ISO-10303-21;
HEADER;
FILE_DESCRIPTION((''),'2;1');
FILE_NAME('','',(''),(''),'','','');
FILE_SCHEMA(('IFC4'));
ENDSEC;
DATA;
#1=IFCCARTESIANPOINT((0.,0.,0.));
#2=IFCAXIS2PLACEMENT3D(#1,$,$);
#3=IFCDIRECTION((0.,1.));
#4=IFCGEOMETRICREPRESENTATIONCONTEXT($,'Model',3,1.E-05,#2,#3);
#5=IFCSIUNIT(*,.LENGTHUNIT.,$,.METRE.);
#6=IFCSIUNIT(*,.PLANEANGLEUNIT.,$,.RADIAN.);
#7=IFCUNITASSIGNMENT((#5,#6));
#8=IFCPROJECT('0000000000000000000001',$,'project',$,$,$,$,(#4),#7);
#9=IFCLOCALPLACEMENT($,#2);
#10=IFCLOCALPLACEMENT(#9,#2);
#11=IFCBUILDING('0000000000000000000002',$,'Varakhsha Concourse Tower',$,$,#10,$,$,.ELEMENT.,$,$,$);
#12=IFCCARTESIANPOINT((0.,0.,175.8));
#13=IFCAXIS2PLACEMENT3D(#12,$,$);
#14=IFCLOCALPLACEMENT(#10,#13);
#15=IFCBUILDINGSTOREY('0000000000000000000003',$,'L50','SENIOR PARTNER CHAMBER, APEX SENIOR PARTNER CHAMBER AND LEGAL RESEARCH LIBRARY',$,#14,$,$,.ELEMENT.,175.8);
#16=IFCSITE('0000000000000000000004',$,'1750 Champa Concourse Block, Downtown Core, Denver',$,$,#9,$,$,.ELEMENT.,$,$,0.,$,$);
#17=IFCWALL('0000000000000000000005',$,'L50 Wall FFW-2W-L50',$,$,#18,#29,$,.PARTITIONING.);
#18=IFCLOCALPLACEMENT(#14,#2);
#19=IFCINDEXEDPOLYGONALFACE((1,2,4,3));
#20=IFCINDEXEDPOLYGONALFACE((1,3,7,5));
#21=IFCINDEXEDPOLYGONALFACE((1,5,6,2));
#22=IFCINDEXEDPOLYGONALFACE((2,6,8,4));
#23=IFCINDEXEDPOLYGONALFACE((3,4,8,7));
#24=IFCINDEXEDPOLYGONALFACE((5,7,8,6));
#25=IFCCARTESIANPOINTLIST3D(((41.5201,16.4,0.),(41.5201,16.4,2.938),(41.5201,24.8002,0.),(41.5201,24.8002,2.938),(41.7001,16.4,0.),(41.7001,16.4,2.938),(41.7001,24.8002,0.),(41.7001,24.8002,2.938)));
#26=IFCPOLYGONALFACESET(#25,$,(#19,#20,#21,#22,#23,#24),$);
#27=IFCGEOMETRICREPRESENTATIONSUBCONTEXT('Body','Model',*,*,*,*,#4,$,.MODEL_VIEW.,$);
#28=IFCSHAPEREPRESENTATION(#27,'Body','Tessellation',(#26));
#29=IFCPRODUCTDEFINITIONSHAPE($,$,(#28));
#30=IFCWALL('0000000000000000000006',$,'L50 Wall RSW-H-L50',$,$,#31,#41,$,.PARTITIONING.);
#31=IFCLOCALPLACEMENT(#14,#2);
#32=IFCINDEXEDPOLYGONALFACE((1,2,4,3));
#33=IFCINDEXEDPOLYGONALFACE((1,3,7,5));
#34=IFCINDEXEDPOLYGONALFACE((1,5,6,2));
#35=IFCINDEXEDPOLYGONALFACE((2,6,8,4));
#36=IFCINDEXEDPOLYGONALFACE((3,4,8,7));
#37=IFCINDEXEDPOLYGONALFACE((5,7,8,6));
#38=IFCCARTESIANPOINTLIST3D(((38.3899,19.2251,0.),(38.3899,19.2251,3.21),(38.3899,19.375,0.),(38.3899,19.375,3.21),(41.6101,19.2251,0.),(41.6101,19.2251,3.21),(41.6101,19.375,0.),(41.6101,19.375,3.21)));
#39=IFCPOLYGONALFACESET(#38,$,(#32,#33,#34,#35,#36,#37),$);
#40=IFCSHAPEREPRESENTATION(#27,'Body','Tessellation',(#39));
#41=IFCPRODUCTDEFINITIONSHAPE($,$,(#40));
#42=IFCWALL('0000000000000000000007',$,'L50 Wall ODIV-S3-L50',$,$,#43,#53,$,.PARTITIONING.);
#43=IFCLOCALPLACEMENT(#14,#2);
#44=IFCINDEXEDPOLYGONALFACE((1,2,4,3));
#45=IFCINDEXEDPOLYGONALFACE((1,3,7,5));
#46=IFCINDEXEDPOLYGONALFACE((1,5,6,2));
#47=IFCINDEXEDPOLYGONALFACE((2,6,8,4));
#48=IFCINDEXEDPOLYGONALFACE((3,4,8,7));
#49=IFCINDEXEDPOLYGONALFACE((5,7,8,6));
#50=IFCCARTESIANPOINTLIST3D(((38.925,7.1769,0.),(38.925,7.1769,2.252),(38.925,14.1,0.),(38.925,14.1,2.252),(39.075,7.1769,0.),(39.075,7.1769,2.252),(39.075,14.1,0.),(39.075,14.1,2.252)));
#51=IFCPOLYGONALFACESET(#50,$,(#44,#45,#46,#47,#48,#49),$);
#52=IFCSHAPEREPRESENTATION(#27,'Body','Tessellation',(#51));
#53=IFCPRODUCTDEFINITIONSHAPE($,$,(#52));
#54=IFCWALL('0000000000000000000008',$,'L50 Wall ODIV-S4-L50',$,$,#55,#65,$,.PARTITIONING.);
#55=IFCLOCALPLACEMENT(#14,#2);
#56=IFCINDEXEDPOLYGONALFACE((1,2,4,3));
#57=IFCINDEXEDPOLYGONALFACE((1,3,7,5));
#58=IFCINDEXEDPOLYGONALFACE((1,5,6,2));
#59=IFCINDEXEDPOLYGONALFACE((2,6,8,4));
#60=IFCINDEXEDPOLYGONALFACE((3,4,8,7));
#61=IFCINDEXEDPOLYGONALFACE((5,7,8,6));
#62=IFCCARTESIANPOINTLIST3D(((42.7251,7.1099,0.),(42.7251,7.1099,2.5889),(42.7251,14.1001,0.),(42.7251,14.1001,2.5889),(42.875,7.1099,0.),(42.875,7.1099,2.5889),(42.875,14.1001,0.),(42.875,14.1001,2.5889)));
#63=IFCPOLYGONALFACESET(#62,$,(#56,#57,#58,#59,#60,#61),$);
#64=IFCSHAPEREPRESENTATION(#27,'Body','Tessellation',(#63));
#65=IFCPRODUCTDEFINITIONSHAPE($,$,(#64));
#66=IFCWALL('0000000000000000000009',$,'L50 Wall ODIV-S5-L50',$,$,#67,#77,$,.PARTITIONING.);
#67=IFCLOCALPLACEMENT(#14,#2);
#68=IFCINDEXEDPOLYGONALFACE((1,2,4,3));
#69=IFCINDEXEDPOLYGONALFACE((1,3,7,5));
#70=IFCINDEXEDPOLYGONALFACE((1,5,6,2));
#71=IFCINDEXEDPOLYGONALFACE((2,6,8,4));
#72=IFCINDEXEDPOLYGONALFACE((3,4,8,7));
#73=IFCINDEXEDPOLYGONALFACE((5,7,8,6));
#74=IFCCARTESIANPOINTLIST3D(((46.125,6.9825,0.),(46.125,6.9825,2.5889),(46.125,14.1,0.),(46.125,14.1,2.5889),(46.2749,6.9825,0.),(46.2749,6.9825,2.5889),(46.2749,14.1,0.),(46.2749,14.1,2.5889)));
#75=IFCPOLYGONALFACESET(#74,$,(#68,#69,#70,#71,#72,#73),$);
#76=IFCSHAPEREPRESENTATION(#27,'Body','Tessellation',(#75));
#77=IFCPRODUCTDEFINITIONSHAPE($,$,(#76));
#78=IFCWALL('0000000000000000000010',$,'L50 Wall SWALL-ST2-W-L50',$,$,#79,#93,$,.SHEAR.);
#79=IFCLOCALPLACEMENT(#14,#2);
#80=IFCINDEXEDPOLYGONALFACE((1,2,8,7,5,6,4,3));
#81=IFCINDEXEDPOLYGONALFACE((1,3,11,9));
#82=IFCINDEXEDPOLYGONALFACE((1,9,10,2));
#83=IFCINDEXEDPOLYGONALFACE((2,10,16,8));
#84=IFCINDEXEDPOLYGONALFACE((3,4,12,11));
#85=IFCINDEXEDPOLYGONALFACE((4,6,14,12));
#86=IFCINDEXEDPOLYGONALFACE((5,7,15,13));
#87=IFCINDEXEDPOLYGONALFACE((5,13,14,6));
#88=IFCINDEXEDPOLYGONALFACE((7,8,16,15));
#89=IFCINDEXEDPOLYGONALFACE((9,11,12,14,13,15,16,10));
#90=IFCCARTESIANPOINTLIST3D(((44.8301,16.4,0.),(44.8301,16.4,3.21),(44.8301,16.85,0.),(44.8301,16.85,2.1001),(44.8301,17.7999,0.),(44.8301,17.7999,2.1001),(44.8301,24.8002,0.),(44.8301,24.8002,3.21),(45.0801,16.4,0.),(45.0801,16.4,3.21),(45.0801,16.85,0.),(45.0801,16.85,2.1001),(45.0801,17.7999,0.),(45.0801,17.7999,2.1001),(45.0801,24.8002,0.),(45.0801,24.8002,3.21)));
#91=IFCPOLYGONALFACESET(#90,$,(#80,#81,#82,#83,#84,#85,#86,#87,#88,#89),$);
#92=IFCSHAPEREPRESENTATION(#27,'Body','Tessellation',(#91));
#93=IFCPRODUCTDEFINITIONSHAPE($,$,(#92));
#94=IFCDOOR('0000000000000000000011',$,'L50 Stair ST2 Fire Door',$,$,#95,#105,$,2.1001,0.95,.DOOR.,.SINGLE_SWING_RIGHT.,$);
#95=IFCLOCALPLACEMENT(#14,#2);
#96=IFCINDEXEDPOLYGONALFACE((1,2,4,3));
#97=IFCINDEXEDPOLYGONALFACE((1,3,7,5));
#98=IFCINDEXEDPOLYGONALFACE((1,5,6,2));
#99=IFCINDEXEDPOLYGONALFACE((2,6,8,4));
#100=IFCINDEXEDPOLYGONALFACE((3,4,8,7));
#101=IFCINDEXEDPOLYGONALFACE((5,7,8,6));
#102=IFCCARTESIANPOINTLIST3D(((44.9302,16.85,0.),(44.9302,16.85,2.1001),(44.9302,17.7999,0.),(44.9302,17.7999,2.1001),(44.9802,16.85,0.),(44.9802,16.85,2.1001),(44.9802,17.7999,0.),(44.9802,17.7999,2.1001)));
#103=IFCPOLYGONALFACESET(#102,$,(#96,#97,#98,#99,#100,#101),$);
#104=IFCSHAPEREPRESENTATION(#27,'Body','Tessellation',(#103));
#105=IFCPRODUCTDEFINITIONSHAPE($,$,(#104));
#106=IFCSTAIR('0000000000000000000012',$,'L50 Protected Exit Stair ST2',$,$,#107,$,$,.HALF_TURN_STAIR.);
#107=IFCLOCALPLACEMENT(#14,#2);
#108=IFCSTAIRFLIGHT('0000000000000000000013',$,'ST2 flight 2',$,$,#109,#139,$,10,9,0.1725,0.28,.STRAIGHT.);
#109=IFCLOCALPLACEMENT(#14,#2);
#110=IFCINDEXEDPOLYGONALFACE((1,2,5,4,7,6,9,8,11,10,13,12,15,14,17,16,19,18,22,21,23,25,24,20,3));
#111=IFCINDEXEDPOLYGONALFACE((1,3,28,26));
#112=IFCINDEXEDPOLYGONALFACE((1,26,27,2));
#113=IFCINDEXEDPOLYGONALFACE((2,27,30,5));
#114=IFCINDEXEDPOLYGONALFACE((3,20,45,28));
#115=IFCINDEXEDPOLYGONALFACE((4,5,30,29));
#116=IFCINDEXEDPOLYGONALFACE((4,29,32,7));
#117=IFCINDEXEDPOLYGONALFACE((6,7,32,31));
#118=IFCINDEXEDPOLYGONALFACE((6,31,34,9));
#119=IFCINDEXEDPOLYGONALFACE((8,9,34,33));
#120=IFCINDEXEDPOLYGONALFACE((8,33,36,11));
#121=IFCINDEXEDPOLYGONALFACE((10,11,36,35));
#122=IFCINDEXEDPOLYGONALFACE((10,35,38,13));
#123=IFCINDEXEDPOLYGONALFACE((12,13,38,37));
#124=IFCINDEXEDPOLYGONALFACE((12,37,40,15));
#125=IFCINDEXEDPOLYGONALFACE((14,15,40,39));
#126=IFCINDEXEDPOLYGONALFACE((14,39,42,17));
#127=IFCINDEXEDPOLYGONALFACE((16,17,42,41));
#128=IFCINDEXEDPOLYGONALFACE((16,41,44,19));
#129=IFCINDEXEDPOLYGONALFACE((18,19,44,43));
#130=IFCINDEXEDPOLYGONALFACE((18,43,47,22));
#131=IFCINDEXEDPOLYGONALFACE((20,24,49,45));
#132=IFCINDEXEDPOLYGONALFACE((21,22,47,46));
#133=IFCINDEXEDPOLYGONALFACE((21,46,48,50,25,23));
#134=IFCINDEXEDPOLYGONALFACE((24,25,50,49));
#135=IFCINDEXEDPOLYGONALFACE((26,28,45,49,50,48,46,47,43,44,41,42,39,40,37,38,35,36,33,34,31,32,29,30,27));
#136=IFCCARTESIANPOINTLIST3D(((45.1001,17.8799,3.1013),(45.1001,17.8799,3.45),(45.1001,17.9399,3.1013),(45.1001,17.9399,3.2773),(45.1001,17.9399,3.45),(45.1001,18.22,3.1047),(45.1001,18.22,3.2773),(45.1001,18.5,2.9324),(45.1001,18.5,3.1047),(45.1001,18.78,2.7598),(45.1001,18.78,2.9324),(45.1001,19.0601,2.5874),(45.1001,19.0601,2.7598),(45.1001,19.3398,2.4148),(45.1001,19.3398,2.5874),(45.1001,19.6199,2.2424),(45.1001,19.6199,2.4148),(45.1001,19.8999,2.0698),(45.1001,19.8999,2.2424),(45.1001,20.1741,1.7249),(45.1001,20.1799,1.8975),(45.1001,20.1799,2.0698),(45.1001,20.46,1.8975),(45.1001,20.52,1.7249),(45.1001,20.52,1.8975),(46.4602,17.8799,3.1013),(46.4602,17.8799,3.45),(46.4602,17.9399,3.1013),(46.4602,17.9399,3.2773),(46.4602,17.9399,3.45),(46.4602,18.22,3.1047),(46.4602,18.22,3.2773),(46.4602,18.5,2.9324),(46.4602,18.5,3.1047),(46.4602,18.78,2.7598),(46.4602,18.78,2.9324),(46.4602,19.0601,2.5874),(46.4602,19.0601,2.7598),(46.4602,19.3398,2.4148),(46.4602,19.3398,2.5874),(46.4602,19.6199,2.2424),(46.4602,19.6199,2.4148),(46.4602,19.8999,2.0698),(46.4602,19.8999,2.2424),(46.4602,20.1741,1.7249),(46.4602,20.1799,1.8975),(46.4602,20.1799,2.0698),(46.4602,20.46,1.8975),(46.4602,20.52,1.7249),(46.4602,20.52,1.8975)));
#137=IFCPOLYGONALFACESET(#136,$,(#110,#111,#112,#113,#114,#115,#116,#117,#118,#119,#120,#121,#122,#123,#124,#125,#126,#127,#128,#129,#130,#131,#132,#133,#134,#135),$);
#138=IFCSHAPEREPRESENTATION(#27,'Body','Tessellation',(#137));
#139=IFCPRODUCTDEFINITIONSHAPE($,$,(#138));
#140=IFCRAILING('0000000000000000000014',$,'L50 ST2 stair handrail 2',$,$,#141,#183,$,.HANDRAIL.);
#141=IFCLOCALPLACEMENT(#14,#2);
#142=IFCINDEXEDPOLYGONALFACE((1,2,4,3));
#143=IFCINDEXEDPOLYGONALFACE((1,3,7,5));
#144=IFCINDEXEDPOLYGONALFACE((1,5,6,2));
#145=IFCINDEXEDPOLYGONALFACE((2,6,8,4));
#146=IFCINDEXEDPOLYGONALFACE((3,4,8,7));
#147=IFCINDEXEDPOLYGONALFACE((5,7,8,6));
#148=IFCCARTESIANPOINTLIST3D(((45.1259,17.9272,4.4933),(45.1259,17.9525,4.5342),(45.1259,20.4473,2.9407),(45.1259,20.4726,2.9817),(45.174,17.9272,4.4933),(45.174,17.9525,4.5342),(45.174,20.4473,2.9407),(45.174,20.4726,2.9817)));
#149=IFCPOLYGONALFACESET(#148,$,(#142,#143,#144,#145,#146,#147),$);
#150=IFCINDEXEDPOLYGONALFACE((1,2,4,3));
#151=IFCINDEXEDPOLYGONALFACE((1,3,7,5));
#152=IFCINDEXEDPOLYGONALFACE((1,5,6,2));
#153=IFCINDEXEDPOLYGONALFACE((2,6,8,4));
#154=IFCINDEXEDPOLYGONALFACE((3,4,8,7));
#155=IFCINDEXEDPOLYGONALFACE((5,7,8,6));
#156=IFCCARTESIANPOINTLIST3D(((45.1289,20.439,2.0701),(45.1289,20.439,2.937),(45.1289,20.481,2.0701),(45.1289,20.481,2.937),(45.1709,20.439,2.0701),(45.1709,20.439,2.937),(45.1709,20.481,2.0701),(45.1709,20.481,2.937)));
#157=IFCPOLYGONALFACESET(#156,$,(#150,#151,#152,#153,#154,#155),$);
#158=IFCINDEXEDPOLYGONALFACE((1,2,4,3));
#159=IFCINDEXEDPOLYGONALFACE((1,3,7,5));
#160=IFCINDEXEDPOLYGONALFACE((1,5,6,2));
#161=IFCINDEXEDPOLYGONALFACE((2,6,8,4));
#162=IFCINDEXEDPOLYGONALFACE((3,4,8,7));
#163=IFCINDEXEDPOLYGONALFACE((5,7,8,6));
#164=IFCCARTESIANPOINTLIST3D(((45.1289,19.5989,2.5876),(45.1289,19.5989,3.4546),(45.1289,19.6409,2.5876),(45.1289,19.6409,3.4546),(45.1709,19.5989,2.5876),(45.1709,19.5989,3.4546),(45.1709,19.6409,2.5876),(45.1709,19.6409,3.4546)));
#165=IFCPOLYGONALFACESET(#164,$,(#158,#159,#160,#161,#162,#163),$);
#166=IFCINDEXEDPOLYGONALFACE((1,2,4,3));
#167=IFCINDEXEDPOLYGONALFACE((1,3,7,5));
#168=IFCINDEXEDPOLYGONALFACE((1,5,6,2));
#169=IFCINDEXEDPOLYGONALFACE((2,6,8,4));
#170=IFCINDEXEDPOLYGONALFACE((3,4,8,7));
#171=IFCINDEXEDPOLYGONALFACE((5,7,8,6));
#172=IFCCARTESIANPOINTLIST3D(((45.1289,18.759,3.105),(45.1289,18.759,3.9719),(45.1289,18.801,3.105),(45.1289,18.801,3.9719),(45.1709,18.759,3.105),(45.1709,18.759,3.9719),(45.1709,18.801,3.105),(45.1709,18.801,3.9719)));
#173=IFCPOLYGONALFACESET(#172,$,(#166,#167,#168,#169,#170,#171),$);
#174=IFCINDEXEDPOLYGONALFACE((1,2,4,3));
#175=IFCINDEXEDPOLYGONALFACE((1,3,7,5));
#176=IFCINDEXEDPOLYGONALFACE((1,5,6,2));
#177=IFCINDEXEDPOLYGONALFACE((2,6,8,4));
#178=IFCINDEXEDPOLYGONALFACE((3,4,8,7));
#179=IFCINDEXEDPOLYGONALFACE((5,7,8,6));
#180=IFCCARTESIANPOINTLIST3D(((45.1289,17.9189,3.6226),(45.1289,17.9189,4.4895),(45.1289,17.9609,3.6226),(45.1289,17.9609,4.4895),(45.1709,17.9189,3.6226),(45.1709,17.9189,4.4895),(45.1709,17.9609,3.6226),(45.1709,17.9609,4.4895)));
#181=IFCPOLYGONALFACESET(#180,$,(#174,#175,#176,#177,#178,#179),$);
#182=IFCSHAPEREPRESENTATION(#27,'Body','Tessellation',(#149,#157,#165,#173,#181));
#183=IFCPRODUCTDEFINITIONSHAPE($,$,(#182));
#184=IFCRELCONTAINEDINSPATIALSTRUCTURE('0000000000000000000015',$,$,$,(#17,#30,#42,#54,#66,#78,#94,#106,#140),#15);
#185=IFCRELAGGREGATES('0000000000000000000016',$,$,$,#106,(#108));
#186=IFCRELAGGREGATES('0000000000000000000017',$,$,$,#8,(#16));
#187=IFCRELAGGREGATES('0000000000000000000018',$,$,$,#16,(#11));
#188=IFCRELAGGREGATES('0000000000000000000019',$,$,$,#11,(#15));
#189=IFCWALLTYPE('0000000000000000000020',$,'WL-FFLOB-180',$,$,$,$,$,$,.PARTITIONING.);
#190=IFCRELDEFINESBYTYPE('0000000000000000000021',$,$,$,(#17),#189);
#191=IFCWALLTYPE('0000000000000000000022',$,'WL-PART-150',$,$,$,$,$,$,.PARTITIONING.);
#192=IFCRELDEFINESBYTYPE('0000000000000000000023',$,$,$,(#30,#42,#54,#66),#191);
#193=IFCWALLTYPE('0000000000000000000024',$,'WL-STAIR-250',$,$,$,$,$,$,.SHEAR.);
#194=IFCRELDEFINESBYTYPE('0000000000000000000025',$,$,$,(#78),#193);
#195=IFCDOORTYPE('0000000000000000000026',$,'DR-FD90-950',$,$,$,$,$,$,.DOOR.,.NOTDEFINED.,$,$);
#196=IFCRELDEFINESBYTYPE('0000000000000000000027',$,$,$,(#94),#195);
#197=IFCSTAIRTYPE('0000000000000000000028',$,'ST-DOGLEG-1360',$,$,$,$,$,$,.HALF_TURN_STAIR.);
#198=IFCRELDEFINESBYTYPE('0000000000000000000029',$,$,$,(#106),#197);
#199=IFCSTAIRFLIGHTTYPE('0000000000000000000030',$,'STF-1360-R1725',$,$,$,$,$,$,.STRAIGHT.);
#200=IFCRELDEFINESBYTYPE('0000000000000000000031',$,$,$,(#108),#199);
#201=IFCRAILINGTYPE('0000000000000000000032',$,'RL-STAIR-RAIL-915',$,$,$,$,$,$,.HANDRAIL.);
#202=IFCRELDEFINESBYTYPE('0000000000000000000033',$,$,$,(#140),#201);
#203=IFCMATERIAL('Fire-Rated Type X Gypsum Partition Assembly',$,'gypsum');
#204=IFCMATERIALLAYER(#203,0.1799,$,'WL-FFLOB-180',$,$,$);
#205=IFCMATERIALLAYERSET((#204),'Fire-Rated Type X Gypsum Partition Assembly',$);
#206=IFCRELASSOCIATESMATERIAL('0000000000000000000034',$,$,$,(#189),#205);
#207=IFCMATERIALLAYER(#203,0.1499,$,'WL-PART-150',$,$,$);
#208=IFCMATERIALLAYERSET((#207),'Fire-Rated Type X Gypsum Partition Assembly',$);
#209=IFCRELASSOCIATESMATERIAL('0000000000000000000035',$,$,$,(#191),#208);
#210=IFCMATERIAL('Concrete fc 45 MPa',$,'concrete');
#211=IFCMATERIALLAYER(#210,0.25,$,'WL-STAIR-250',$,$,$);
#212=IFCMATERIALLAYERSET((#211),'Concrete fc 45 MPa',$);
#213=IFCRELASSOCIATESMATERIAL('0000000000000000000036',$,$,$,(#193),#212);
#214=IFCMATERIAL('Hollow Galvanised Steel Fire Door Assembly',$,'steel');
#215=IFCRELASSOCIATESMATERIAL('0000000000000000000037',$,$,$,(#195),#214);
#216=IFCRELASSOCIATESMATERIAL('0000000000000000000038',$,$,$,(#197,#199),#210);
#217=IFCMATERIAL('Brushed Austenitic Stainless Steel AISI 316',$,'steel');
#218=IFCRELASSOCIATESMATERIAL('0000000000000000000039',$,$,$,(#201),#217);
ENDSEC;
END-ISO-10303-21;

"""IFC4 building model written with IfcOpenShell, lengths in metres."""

from ifc_helpers import new_model, si_unit, direction, frame, frame_2d, origin, origin_2d, place, context, subcontext, project, spatial, polyline, rectangle, outline, extrude, material, layer, layer_set, type_object, element, fill, aggregate, save


model = new_model("IFC4")

# Units and contexts
model_context = context("Model", 3, precision=1e-05, world=origin(), true_north=direction((0.0, 1.0)))
body_context = subcontext(model_context, "Body", "Model", "MODEL_VIEW")
ifc_project = project(units=[si_unit("LENGTHUNIT", "METRE"), si_unit("PLANEANGLEUNIT", "RADIAN")], contexts=[model_context])

# Site, building, storey
site_placement = place(None, origin())
site = spatial("IfcSite", under=ifc_project, at=site_placement, Name="1750 Champa Concourse Block, Downtown Core, Denver", CompositionType="ELEMENT", RefElevation=0.0)
building_placement = place(site_placement, origin())
building = spatial("IfcBuilding", under=site, at=building_placement, Name="Varakhsha Concourse Tower", CompositionType="ELEMENT")
storey_placement = place(building_placement, frame((0.0, 0.0, 175.8)))
storey = spatial("IfcBuildingStorey", under=building, at=storey_placement, Name="L50", Description="SENIOR PARTNER CHAMBER, APEX SENIOR PARTNER CHAMBER AND LEGAL RESEARCH LIBRARY", CompositionType="ELEMENT", Elevation=175.8)

# Shared definitions
ifc_material_1 = material(Name="Fire-Rated Type X Gypsum Partition Assembly", Category="gypsum")
ifc_layer_1 = layer(ifc_material_1, 0.1799, Name="WL-FFLOB-180")
ifc_layer_set_1 = layer_set([ifc_layer_1], Name="Fire-Rated Type X Gypsum Partition Assembly")
wall_type_1 = type_object("IfcWallType", Name="WL-FFLOB-180", PredefinedType="PARTITIONING", material=ifc_layer_set_1)
ifc_material_2 = material(Name="Hollow Galvanised Steel Fire Door Assembly", Category="steel")

# Walls
wall_1_placement = place(storey_placement, frame((41.6101, 16.3999, 0.0), z_axis=(0.0, 0.0, 1.0), x_axis=(0.0, 1.0, 0.0)))
element("IfcWall", 1, at=wall_1_placement, inside=storey, type_object=wall_type_1, Name="L50 Wall FFW-2W-L50", PredefinedType="PARTITIONING", context=body_context, shape_type="SweptSolid", body=[
    extrude(rectangle(XDim=8.4001, YDim=0.1799, at=frame_2d((4.2002, 0.0))), origin(), (0.0, 0.0, 1.0), 2.938),
])
ifc_layer_2 = layer(ifc_material_1, 0.1499, Name="WL-PART-150")
ifc_layer_set_2 = layer_set([ifc_layer_2], Name="Fire-Rated Type X Gypsum Partition Assembly")
wall_type_2 = type_object("IfcWallType", Name="WL-PART-150", PredefinedType="PARTITIONING", material=ifc_layer_set_2)
wall_2_placement = place(storey_placement, frame((38.3899, 19.3, 0.0), z_axis=(0.0, 0.0, 1.0), x_axis=(1.0, 0.0, 0.0)))
element("IfcWall", 2, at=wall_2_placement, inside=storey, type_object=wall_type_2, Name="L50 Wall RSW-H-L50", PredefinedType="PARTITIONING", context=body_context, shape_type="SweptSolid", body=[
    extrude(rectangle(XDim=3.2202, YDim=0.1499, at=frame_2d((1.6101, 0.0))), origin(), (0.0, 0.0, 1.0), 3.21),
])
wall_3_placement = place(storey_placement, frame((39.0, 7.177, 0.0), z_axis=(0.0, 0.0, 1.0), x_axis=(0.0, 1.0, 0.0)))
element("IfcWall", 3, at=wall_3_placement, inside=storey, type_object=wall_type_2, Name="L50 Wall ODIV-S3-L50", PredefinedType="PARTITIONING", context=body_context, shape_type="SweptSolid", body=[
    extrude(rectangle(XDim=6.9231, YDim=0.1499, at=frame_2d((3.4614, 0.0))), origin(), (0.0, 0.0, 1.0), 2.252),
])
wall_4_placement = place(storey_placement, frame((42.8, 7.1099, 0.0), z_axis=(0.0, 0.0, 1.0), x_axis=(0.0, 1.0, 0.0)))
element("IfcWall", 4, at=wall_4_placement, inside=storey, type_object=wall_type_2, Name="L50 Wall ODIV-S4-L50", PredefinedType="PARTITIONING", context=body_context, shape_type="SweptSolid", body=[
    extrude(rectangle(XDim=6.9902, YDim=0.1499, at=frame_2d((3.4951, 0.0))), origin(), (0.0, 0.0, 1.0), 2.5889),
])
wall_5_placement = place(storey_placement, frame((46.2, 6.9827, 0.0), z_axis=(0.0, 0.0, 1.0), x_axis=(0.0, 1.0, 0.0)))
element("IfcWall", 5, at=wall_5_placement, inside=storey, type_object=wall_type_2, Name="L50 Wall ODIV-S5-L50", PredefinedType="PARTITIONING", context=body_context, shape_type="SweptSolid", body=[
    extrude(rectangle(XDim=7.1174, YDim=0.1499, at=frame_2d((3.5586, 0.0))), origin(), (0.0, 0.0, 1.0), 2.5889),
])

# Wall, opening, door
ifc_material_3 = material(Name="Concrete fc 45 MPa", Category="concrete")
ifc_layer_3 = layer(ifc_material_3, 0.25, Name="WL-STAIR-250")
ifc_layer_set_3 = layer_set([ifc_layer_3], Name="Concrete fc 45 MPa")
wall_type_3 = type_object("IfcWallType", Name="WL-STAIR-250", PredefinedType="SHEAR", material=ifc_layer_set_3)
wall_6_placement = place(storey_placement, frame((44.9551, 16.3999, 0.0), z_axis=(0.0, 0.0, 1.0), x_axis=(0.0, 1.0, 0.0)))
wall_6 = element("IfcWall", 6, at=wall_6_placement, inside=storey, type_object=wall_type_3, Name="L50 Wall SWALL-ST2-W-L50", PredefinedType="SHEAR", context=body_context, shape_type="SweptSolid", body=[
    extrude(rectangle(XDim=8.4001, YDim=0.25, at=frame_2d((4.2002, 0.0))), origin(), (0.0, 0.0, 1.0), 3.21),
])
opening_1_placement = place(wall_6_placement, frame((0.45, 0.0, 0.0)))
opening_1 = element("IfcOpeningElement", 7, at=opening_1_placement, cuts=wall_6, PredefinedType="OPENING", context=body_context, shape_type="SweptSolid", body=[
    extrude(rectangle(XDim=0.95, YDim=2.1001, at=frame_2d((0.4751, 1.05))), frame((0.0, 0.135, 0.0), z_axis=(0.0, -1.0, 0.0), x_axis=(1.0, 0.0, 0.0)), (0.0, 0.0, 1.0), 0.27),
])
door_type_1 = type_object("IfcDoorType", Name="DR-FD90-950", OperationType="NOTDEFINED", PredefinedType="DOOR", material=ifc_material_2)
door_1_placement = place(opening_1_placement, origin())
door_1 = element("IfcDoor", 8, at=door_1_placement, inside=storey, type_object=door_type_1, Name="L50 Stair ST2 Fire Door", OperationType="SINGLE_SWING_RIGHT", OverallHeight=2.1001, OverallWidth=0.95, PredefinedType="DOOR", context=body_context, shape_type="SweptSolid", body=[
    extrude(rectangle(XDim=0.95, YDim=2.1001, at=frame_2d((0.4751, 1.05))), frame((0.0, 0.0249, 0.0), z_axis=(0.0, -1.0, 0.0), x_axis=(1.0, 0.0, 0.0)), (0.0, 0.0, 1.0), 0.05),
])
fill(opening_1, door_1)

# Stair, stair flight
stair_type = type_object("IfcStairType", Name="ST-DOGLEG-1360", PredefinedType="HALF_TURN_STAIR", material=ifc_material_3)
stair_placement = place(storey_placement, origin())
stair = element("IfcStair", 9, at=stair_placement, inside=storey, type_object=stair_type, Name="L50 Protected Exit Stair ST2", PredefinedType="HALF_TURN_STAIR")
stair_flight_type = type_object("IfcStairFlightType", Name="STF-1360-R1725", PredefinedType="STRAIGHT", material=ifc_material_3)
stair_flight_placement = place(storey_placement, frame((45.78, 20.46, 1.7249), z_axis=(0.0, 0.0, 1.0), x_axis=(0.0, -1.0, 0.0)))
stair_flight = element("IfcStairFlight", 10, at=stair_flight_placement, type_object=stair_flight_type, Name="ST2 flight 2", NumberOfRisers=10, NumberOfTreads=9, PredefinedType="STRAIGHT", RiserHeight=0.1725, TreadLength=0.28, context=body_context, shape_type="SweptSolid", body=[
    extrude(outline(polyline([(-0.0601, 0.0), (-0.0601, 0.1726), (0.0, 0.1726), (0.28, 0.1726), (0.28, 0.345), (0.5601, 0.345), (0.5601, 0.5176), (0.8401, 0.5176), (0.8401, 0.6899), (1.1201, 0.6899), (1.1201, 0.8625), (1.3999, 0.8625), (1.3999, 1.0349), (1.6799, 1.0349), (1.6799, 1.2075), (1.96, 1.2075), (1.96, 1.3799), (2.24, 1.3799), (2.24, 1.5525), (2.52, 1.5525), (2.52, 1.7251), (2.5801, 1.7251), (2.5801, 1.3765), (2.52, 1.3765), (0.2859, 0.0), (-0.0601, 0.0)])), frame((0.0, 0.6802, 0.0), z_axis=(0.0, -1.0, 0.0), x_axis=(1.0, 0.0, 0.0)), (0.0, 0.0, 1.0), 1.3601),
])
aggregate(stair, [stair_flight])

# Railing
ifc_material_4 = material(Name="Brushed Austenitic Stainless Steel AISI 316", Category="steel")
railing_type = type_object("IfcRailingType", Name="RL-STAIR-RAIL-915", PredefinedType="HANDRAIL", material=ifc_material_4)
railing_placement = place(storey_placement, frame((45.1499, 20.46, 2.0701)))
element("IfcRailing", 11, at=railing_placement, inside=storey, type_object=railing_type, Name="L50 ST2 stair handrail 2", PredefinedType="HANDRAIL", context=body_context, shape_type="SweptSolid", body=[
    extrude(rectangle(XDim=0.0481, YDim=0.0481, at=origin_2d()), frame((0.0, 0.0, 0.8911), z_axis=(0.0, -0.8514, 0.524516), x_axis=(1.0, 0.0, 0.0)), (0.0, 0.0, 1.0), 2.96),
    extrude(rectangle(XDim=0.042, YDim=0.042, at=origin_2d()), origin(), (0.0, 0.0, 1.0), 0.8669),
    extrude(rectangle(XDim=0.042, YDim=0.042, at=origin_2d()), frame((0.0, -0.8401, 0.5176)), (0.0, 0.0, 1.0), 0.8669),
    extrude(rectangle(XDim=0.042, YDim=0.042, at=origin_2d()), frame((0.0, -1.6799, 1.0349)), (0.0, 0.0, 1.0), 0.8669),
    extrude(rectangle(XDim=0.042, YDim=0.042, at=origin_2d()), frame((0.0, -2.52, 1.5525)), (0.0, 0.0, 1.0), 0.8669),
])

save(model, "model.ifc")
